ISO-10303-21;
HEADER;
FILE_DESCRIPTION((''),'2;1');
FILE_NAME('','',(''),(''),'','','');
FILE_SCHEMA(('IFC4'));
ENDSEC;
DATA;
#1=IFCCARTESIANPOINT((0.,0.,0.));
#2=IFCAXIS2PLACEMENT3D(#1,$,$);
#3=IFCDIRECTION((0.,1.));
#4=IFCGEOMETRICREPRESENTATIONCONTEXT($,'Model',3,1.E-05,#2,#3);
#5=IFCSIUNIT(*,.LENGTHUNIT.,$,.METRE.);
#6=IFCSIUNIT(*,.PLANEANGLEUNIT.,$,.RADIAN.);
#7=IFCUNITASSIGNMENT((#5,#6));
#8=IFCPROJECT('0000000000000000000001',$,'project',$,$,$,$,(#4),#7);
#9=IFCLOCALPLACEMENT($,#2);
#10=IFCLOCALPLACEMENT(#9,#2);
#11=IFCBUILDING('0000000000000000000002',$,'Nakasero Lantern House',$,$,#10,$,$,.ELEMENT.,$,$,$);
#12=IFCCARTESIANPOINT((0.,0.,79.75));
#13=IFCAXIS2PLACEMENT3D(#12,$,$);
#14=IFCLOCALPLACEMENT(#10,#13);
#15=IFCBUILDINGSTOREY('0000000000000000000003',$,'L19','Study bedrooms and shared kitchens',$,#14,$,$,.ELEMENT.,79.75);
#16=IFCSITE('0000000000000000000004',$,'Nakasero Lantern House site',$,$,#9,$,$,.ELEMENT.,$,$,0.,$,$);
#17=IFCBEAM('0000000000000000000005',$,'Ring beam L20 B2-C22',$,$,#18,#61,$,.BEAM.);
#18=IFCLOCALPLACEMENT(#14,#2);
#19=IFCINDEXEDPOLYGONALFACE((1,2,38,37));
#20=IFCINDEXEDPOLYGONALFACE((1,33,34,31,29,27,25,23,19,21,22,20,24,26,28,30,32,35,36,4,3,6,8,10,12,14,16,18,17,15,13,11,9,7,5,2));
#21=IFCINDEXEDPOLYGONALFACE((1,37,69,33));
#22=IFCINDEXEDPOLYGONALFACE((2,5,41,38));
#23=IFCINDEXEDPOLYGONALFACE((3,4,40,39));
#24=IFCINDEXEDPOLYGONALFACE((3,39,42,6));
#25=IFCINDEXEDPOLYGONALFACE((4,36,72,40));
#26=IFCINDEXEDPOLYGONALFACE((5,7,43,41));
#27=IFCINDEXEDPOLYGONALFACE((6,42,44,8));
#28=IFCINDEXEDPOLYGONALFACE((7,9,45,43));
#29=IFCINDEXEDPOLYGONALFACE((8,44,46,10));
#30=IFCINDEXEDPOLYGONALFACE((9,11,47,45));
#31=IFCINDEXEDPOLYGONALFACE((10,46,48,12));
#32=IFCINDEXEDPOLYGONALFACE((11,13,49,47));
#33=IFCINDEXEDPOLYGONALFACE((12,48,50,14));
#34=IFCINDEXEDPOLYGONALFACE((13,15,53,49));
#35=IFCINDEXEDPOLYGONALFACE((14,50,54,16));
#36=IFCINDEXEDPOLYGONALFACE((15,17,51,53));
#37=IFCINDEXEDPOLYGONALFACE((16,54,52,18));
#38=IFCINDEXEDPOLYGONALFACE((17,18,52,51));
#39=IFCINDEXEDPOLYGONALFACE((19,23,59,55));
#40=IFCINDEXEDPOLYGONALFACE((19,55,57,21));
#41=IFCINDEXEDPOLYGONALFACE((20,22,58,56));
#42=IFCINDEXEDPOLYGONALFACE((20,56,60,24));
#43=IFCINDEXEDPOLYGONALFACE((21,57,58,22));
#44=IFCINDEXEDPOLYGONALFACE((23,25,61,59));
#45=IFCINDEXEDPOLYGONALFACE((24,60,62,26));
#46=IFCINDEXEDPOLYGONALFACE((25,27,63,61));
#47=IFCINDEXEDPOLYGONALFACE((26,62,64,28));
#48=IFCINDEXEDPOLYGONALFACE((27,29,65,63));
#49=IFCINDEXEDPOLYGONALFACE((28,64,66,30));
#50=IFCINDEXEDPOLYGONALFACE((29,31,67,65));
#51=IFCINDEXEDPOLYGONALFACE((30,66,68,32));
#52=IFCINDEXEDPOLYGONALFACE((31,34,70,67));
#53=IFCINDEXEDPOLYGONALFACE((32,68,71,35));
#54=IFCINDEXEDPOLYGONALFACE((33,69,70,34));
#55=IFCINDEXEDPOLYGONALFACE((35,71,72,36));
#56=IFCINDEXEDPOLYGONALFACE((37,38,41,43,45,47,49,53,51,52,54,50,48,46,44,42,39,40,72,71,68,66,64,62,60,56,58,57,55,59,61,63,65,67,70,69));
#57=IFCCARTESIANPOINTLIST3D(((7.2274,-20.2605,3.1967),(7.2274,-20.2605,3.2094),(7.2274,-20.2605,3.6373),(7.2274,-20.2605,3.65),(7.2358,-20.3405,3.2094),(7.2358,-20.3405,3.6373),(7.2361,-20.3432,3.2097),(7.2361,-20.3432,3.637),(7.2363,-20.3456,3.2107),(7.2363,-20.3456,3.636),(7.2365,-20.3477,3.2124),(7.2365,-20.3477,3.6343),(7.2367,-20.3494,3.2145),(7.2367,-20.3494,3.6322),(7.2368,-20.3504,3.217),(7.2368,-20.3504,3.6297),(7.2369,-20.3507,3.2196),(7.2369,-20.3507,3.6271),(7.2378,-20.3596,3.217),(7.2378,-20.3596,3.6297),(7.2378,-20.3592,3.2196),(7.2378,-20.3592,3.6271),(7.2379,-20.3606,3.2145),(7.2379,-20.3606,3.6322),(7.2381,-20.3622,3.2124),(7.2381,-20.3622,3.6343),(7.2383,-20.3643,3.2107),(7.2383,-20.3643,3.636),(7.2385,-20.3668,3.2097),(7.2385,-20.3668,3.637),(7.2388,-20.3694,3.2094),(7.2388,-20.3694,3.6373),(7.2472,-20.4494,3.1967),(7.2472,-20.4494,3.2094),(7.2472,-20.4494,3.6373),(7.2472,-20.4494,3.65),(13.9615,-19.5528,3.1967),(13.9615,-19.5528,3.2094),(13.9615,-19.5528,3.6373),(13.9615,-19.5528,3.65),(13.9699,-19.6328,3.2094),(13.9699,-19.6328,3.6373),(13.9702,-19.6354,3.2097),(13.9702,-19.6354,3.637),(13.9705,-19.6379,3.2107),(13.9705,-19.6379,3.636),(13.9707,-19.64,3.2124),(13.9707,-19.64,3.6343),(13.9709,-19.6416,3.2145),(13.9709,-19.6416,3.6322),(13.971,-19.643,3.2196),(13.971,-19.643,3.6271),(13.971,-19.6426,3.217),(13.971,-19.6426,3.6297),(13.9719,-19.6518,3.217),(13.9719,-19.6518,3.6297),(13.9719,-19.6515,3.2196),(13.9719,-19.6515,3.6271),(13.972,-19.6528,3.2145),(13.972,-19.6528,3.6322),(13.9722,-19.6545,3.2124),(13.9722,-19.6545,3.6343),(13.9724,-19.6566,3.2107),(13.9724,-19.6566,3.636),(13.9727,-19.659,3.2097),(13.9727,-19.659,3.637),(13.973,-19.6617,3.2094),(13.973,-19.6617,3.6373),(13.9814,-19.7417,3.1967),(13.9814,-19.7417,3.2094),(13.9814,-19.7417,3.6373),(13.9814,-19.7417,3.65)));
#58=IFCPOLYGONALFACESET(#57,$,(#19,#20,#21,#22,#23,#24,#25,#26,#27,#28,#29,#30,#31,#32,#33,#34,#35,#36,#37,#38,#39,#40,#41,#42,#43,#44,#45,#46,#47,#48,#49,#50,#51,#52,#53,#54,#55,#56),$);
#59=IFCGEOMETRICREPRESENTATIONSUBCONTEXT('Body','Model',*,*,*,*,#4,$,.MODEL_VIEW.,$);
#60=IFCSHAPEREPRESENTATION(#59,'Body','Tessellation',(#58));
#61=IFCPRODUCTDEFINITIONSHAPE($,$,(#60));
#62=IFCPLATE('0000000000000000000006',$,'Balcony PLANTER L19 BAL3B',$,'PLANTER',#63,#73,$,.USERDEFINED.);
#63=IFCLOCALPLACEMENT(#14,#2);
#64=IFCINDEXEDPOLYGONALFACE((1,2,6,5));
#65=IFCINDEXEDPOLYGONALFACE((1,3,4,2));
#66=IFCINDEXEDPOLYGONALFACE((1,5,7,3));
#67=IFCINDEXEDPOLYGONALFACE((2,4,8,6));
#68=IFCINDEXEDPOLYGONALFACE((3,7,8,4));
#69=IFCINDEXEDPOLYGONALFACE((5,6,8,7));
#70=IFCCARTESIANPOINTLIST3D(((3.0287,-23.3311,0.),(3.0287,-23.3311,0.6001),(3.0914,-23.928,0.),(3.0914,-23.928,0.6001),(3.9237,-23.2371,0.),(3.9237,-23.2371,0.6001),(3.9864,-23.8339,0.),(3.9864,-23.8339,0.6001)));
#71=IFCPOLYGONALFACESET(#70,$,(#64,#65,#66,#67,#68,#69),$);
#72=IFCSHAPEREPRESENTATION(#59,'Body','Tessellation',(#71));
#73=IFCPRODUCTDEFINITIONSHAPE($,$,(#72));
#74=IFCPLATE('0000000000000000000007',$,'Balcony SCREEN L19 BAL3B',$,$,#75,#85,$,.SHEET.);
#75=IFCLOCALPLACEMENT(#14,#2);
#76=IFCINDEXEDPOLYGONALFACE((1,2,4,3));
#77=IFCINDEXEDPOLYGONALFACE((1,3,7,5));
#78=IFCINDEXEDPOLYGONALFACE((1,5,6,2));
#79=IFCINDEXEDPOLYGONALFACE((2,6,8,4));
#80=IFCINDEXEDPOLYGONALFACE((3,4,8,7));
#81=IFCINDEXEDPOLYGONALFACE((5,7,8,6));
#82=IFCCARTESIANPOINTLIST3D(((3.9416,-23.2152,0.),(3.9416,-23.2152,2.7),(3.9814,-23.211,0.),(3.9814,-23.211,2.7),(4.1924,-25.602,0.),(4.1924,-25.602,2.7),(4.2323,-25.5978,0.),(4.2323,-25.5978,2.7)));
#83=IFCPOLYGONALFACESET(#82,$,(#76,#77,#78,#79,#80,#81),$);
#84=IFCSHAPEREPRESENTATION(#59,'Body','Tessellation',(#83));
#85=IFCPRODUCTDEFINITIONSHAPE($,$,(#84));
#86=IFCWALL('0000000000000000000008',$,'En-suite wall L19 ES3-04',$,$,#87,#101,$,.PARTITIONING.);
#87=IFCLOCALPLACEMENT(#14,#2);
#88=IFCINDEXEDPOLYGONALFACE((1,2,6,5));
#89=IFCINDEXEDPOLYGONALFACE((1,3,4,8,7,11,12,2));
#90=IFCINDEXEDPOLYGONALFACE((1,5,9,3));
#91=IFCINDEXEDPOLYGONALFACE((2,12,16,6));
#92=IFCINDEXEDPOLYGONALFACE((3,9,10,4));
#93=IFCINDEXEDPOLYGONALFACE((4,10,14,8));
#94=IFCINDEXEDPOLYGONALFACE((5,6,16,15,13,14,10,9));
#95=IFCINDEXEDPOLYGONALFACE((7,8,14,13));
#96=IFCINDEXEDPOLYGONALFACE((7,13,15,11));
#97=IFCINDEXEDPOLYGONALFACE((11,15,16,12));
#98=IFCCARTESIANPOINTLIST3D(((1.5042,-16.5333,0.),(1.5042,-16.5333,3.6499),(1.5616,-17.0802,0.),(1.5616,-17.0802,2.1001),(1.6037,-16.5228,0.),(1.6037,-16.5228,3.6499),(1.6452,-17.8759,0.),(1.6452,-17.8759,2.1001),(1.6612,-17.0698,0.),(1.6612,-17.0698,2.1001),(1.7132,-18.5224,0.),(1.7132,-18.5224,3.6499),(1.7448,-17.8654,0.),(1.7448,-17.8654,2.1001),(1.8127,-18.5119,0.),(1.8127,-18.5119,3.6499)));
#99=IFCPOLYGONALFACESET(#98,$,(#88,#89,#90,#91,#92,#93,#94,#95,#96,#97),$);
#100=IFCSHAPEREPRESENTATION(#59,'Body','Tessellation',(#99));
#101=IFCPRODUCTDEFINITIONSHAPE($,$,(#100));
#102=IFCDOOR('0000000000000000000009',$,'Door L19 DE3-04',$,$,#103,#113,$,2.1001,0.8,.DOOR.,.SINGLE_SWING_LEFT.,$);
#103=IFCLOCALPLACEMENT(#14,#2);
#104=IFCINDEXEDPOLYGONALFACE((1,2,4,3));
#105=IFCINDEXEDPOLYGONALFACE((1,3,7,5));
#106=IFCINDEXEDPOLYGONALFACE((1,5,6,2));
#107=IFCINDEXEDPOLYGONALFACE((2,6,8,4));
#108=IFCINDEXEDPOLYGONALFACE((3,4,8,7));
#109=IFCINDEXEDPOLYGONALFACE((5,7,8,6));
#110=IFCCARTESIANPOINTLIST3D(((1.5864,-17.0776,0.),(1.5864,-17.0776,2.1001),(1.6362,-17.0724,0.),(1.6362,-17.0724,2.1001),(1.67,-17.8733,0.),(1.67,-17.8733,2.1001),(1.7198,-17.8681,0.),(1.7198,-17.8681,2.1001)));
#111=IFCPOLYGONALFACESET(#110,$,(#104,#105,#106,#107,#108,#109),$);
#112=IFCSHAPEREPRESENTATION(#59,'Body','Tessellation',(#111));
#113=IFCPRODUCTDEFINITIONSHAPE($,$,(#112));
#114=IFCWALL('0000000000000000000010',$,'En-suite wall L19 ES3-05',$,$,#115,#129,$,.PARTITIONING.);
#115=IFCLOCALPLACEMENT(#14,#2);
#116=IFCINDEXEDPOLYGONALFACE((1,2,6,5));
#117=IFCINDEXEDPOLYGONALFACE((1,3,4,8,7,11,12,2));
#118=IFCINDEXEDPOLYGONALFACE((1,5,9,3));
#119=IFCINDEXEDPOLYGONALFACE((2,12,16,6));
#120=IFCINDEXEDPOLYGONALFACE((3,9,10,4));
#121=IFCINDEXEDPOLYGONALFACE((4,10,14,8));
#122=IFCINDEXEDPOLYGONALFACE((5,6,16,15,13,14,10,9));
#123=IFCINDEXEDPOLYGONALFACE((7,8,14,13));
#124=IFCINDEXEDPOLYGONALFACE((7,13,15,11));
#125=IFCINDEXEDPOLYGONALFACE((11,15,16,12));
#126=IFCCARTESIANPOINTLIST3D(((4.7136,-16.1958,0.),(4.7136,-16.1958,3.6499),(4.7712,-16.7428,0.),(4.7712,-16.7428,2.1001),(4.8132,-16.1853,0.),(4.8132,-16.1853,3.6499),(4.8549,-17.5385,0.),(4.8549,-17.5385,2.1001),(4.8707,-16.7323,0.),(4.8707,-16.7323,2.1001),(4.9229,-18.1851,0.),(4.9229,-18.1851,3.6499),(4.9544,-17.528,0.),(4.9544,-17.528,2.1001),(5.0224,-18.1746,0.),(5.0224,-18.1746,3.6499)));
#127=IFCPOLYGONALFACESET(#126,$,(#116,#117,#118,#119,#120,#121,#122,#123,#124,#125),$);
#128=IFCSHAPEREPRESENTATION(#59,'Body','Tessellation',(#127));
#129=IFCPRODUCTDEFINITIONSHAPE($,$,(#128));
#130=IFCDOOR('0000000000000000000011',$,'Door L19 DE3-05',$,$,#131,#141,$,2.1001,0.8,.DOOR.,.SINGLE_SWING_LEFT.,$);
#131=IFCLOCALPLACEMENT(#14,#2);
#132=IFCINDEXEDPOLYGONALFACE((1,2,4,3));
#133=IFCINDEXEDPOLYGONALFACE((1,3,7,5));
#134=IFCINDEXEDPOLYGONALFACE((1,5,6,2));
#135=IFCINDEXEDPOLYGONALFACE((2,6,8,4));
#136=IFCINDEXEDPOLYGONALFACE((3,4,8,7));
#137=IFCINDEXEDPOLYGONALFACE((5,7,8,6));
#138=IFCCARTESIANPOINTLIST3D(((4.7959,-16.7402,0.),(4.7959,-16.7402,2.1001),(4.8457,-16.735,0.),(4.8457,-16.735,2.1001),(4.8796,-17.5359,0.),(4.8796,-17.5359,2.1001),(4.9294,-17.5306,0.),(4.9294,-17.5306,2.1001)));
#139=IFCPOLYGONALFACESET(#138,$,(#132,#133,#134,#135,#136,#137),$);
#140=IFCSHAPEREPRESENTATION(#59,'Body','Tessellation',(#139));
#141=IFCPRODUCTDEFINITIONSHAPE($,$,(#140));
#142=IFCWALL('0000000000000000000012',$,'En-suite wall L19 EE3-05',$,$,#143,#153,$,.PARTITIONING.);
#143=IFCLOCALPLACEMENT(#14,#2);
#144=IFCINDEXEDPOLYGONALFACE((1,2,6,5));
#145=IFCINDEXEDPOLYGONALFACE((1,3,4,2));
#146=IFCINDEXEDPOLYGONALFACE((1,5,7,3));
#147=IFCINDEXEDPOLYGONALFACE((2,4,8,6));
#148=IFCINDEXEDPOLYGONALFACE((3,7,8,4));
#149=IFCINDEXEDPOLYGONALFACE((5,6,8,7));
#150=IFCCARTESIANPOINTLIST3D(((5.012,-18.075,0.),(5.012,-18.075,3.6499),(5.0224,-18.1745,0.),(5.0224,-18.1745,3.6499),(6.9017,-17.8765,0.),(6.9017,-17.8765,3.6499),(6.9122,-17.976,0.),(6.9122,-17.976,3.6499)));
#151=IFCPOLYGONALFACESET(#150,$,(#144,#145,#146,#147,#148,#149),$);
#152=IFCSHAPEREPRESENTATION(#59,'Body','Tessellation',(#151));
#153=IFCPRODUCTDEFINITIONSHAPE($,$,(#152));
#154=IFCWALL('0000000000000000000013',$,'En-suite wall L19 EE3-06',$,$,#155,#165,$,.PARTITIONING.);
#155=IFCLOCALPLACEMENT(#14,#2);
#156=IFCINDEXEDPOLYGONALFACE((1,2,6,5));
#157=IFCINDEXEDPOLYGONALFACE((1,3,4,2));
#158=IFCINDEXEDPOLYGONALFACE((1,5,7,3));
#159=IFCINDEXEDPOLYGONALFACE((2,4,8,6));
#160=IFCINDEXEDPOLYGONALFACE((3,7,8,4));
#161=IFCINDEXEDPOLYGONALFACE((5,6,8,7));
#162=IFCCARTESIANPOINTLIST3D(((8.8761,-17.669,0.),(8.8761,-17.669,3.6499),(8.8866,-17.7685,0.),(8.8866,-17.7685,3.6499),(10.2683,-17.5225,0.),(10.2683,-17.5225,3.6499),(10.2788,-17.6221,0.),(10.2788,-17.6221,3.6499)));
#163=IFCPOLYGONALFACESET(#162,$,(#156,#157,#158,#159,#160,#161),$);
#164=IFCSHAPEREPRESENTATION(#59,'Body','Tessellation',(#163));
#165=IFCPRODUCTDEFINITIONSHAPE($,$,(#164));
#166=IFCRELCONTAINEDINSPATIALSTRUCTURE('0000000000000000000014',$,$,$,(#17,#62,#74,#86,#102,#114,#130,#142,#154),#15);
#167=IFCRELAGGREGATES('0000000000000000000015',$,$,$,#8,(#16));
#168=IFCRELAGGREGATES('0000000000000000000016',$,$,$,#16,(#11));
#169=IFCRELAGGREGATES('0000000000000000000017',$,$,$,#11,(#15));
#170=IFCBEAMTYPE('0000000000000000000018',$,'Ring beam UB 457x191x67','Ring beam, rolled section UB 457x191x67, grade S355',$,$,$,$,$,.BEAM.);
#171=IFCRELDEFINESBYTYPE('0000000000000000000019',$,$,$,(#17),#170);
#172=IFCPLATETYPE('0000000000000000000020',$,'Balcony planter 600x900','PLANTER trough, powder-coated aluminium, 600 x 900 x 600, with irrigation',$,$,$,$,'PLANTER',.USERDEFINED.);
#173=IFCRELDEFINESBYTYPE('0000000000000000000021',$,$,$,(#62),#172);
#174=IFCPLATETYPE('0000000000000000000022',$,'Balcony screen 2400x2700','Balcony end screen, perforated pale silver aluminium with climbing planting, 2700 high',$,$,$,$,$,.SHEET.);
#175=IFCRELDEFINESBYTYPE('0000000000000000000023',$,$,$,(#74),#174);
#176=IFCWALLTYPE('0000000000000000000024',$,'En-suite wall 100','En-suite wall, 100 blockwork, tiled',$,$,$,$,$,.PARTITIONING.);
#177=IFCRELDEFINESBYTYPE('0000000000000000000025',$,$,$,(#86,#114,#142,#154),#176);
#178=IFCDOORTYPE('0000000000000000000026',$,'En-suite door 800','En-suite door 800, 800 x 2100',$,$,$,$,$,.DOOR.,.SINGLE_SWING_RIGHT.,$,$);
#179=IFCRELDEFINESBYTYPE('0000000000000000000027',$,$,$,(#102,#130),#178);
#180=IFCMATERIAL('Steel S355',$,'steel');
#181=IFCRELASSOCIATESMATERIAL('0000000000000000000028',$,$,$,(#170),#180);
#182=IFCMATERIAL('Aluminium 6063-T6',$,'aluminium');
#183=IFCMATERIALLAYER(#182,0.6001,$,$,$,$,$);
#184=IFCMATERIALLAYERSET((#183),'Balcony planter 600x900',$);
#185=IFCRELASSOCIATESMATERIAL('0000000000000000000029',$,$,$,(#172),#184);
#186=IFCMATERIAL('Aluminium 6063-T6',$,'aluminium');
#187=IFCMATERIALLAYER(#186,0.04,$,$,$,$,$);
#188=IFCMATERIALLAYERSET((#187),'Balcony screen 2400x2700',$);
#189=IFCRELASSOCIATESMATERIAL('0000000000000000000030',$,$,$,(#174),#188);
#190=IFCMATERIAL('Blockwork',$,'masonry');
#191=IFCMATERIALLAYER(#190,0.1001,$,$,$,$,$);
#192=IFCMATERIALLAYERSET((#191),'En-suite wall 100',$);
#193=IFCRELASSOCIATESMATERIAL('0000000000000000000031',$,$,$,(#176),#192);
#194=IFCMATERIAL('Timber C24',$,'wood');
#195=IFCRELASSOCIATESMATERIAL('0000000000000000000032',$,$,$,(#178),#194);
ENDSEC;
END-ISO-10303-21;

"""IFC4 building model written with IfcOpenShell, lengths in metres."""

from ifc_helpers import new_model, si_unit, direction, frame, frame_2d, origin, origin_2d, place, context, subcontext, project, spatial, rectangle, i_section, extrude, material, layer, layer_set, material_profile, profile_set, type_object, element, fill, save


model = new_model("IFC4")

# Units and contexts
model_context = context("Model", 3, precision=1e-05, world=origin(), true_north=direction((0.0, 1.0)))
body_context = subcontext(model_context, "Body", "Model", "MODEL_VIEW")
ifc_project = project(units=[si_unit("LENGTHUNIT", "METRE"), si_unit("PLANEANGLEUNIT", "RADIAN")], contexts=[model_context])

# Site, building, storey
site_placement = place(None, origin())
site = spatial("IfcSite", under=ifc_project, at=site_placement, Name="Nakasero Lantern House site", CompositionType="ELEMENT", RefElevation=0.0)
building_placement = place(site_placement, origin())
building = spatial("IfcBuilding", under=site, at=building_placement, Name="Nakasero Lantern House", CompositionType="ELEMENT")
storey_placement = place(building_placement, frame((0.0, 0.0, 79.75)))
storey = spatial("IfcBuildingStorey", under=building, at=storey_placement, Name="L19", Description="Study bedrooms and shared kitchens", CompositionType="ELEMENT", Elevation=79.75)

# Beam
ifc_material_1 = material(Name="Steel S355", Category="steel")
ifc_material_profile_1 = material_profile(ifc_material_1, i_section(OverallWidth=0.1899, OverallDepth=0.4534, WebThickness=0.0085, FlangeThickness=0.0127, FilletRadius=0.0103, at=origin_2d()), Name="UB 457x191x67")
ifc_profile_set_1 = profile_set([ifc_material_profile_1], Name="Steel S355")
beam_type_1 = type_object("IfcBeamType", Name="Ring beam UB 457x191x67", Description="Ring beam, rolled section UB 457x191x67, grade S355", PredefinedType="BEAM", material=ifc_profile_set_1)
beam_1_placement = place(storey_placement, frame((7.2373, -20.355, 3.4233), z_axis=(0.994522, 0.104525, 0.0), x_axis=(-0.104525, 0.994522, 0.0)))
element("IfcBeam", 1, at=beam_1_placement, inside=storey, type_object=beam_type_1, Name="Ring beam L20 B2-C22", PredefinedType="BEAM", context=body_context, shape_type="SweptSolid", body=[
    extrude(i_section(OverallWidth=0.1899, OverallDepth=0.4534, WebThickness=0.0085, FlangeThickness=0.0127, FilletRadius=0.0103, at=origin_2d()), origin(), (0.0, 0.0, 1.0), 6.7712),
])

# Plates
ifc_material_2 = material(Name="Aluminium 6063-T6", Category="aluminium")
ifc_layer_1 = layer(ifc_material_2, 0.6001)
ifc_layer_set_1 = layer_set([ifc_layer_1], Name="Balcony planter 600x900")
plate_type_1 = type_object("IfcPlateType", Name="Balcony planter 600x900", Description="PLANTER trough, powder-coated aluminium, 600 x 900 x 600, with irrigation", ElementType="PLANTER", PredefinedType="USERDEFINED", material=ifc_layer_set_1)
plate_1_placement = place(storey_placement, frame((3.5076, -23.5825, 0.0), z_axis=(0.0, 0.0, 1.0), x_axis=(0.104528, -0.994522, 0.0)))
element("IfcPlate", 2, at=plate_1_placement, inside=storey, type_object=plate_type_1, Name="Balcony PLANTER L19 BAL3B", ObjectType="PLANTER", PredefinedType="USERDEFINED", context=body_context, shape_type="SweptSolid", body=[
    extrude(rectangle(XDim=0.6001, YDim=0.8999, at=origin_2d()), origin(), (0.0, 0.0, 1.0), 0.6001),
])
ifc_material_3 = material(Name="Aluminium 6063-T6", Category="aluminium")
ifc_layer_2 = layer(ifc_material_3, 0.04)
ifc_layer_set_2 = layer_set([ifc_layer_2], Name="Balcony screen 2400x2700")
plate_type_2 = type_object("IfcPlateType", Name="Balcony screen 2400x2700", Description="Balcony end screen, perforated pale silver aluminium with climbing planting, 2700 high", PredefinedType="SHEET", material=ifc_layer_set_2)
plate_2_placement = place(storey_placement, frame((4.0869, -24.4065, 0.0), z_axis=(0.0, 0.0, 1.0), x_axis=(0.104528, -0.994522, 0.0)))
element("IfcPlate", 3, at=plate_2_placement, inside=storey, type_object=plate_type_2, Name="Balcony SCREEN L19 BAL3B", PredefinedType="SHEET", context=body_context, shape_type="SweptSolid", body=[
    extrude(rectangle(XDim=2.3999, YDim=0.04, at=origin_2d()), origin(), (0.0, 0.0, 1.0), 2.7),
])

# Walls, openings, doors
ifc_material_4 = material(Name="Blockwork", Category="masonry")
ifc_layer_3 = layer(ifc_material_4, 0.1001)
ifc_layer_set_3 = layer_set([ifc_layer_3], Name="En-suite wall 100")
wall_type_1 = type_object("IfcWallType", Name="En-suite wall 100", Description="En-suite wall, 100 blockwork, tiled", PredefinedType="PARTITIONING", material=ifc_layer_set_3)
wall_1_placement = place(storey_placement, frame((1.554, -16.5281, 0.0), z_axis=(0.0, 0.0, 1.0), x_axis=(0.104494, -0.994526, 0.0)))
wall_1 = element("IfcWall", 4, at=wall_1_placement, inside=storey, type_object=wall_type_1, Name="En-suite wall L19 ES3-04", PredefinedType="PARTITIONING", context=body_context, shape_type="SweptSolid", body=[
    extrude(rectangle(XDim=2.0, YDim=0.1001, at=frame_2d((1.0, 0.0))), origin(), (0.0, 0.0, 1.0), 3.6499),
])
opening_1_placement = place(wall_1_placement, frame((0.55, 0.0, 0.0)))
opening_1 = element("IfcOpeningElement", 5, at=opening_1_placement, cuts=wall_1, PredefinedType="OPENING", context=body_context, shape_type="SweptSolid", body=[
    extrude(rectangle(XDim=0.8, YDim=2.1001, at=frame_2d((0.3999, 1.05))), frame((0.0, 0.0701, 0.0), z_axis=(0.0, -1.0, 0.0), x_axis=(1.0, 0.0, 0.0)), (0.0, 0.0, 1.0), 0.1401),
])
ifc_material_5 = material(Name="Timber C24", Category="wood")
door_type_1 = type_object("IfcDoorType", Name="En-suite door 800", Description="En-suite door 800, 800 x 2100", OperationType="SINGLE_SWING_RIGHT", PredefinedType="DOOR", material=ifc_material_5)
door_1_placement = place(opening_1_placement, origin())
door_1 = element("IfcDoor", 6, at=door_1_placement, inside=storey, type_object=door_type_1, Name="Door L19 DE3-04", OperationType="SINGLE_SWING_LEFT", OverallHeight=2.1001, OverallWidth=0.8, PredefinedType="DOOR", context=body_context, shape_type="SweptSolid", body=[
    extrude(rectangle(XDim=0.8, YDim=2.1001, at=frame_2d((0.3999, 1.05))), frame((0.0, 0.0249, 0.0), z_axis=(0.0, -1.0, 0.0), x_axis=(1.0, 0.0, 0.0)), (0.0, 0.0, 1.0), 0.05),
])
fill(opening_1, door_1)
wall_2_placement = place(storey_placement, frame((4.7634, -16.1907, 0.0), z_axis=(0.0, 0.0, 1.0), x_axis=(0.104602, -0.994514, 0.0)))
wall_2 = element("IfcWall", 7, at=wall_2_placement, inside=storey, type_object=wall_type_1, Name="En-suite wall L19 ES3-05", PredefinedType="PARTITIONING", context=body_context, shape_type="SweptSolid", body=[
    extrude(rectangle(XDim=2.0002, YDim=0.1001, at=frame_2d((1.0, 0.0))), origin(), (0.0, 0.0, 1.0), 3.6499),
])
opening_2_placement = place(wall_2_placement, frame((0.55, 0.0, 0.0)))
opening_2 = element("IfcOpeningElement", 8, at=opening_2_placement, cuts=wall_2, PredefinedType="OPENING", context=body_context, shape_type="SweptSolid", body=[
    extrude(rectangle(XDim=0.8, YDim=2.1001, at=frame_2d((0.3999, 1.05))), frame((0.0, 0.0701, 0.0), z_axis=(0.0, -1.0, 0.0), x_axis=(1.0, 0.0, 0.0)), (0.0, 0.0, 1.0), 0.1401),
])
door_2_placement = place(opening_2_placement, origin())
door_2 = element("IfcDoor", 9, at=door_2_placement, inside=storey, type_object=door_type_1, Name="Door L19 DE3-05", OperationType="SINGLE_SWING_LEFT", OverallHeight=2.1001, OverallWidth=0.8, PredefinedType="DOOR", context=body_context, shape_type="SweptSolid", body=[
    extrude(rectangle(XDim=0.8, YDim=2.1001, at=frame_2d((0.3999, 1.05))), frame((0.0, 0.0249, 0.0), z_axis=(0.0, -1.0, 0.0), x_axis=(1.0, 0.0, 0.0)), (0.0, 0.0, 1.0), 0.05),
])
fill(opening_2, door_2)

# Walls
wall_3_placement = place(storey_placement, frame((5.0171, -18.1248, 0.0), z_axis=(0.0, 0.0, 1.0), x_axis=(0.994529, 0.104464, 0.0)))
element("IfcWall", 10, at=wall_3_placement, inside=storey, type_object=wall_type_1, Name="En-suite wall L19 EE3-05", PredefinedType="PARTITIONING", context=body_context, shape_type="SweptSolid", body=[
    extrude(rectangle(XDim=1.9001, YDim=0.1001, at=frame_2d((0.9502, 0.0))), origin(), (0.0, 0.0, 1.0), 3.6499),
])
wall_4_placement = place(storey_placement, frame((8.8813, -17.7188, 0.0), z_axis=(0.0, 0.0, 1.0), x_axis=(0.994511, 0.10463, 0.0)))
element("IfcWall", 11, at=wall_4_placement, inside=storey, type_object=wall_type_1, Name="En-suite wall L19 EE3-06", PredefinedType="PARTITIONING", context=body_context, shape_type="SweptSolid", body=[
    extrude(rectangle(XDim=1.3999, YDim=0.1001, at=frame_2d((0.7, 0.0))), origin(), (0.0, 0.0, 1.0), 3.6499),
])

save(model, "model.ifc")
